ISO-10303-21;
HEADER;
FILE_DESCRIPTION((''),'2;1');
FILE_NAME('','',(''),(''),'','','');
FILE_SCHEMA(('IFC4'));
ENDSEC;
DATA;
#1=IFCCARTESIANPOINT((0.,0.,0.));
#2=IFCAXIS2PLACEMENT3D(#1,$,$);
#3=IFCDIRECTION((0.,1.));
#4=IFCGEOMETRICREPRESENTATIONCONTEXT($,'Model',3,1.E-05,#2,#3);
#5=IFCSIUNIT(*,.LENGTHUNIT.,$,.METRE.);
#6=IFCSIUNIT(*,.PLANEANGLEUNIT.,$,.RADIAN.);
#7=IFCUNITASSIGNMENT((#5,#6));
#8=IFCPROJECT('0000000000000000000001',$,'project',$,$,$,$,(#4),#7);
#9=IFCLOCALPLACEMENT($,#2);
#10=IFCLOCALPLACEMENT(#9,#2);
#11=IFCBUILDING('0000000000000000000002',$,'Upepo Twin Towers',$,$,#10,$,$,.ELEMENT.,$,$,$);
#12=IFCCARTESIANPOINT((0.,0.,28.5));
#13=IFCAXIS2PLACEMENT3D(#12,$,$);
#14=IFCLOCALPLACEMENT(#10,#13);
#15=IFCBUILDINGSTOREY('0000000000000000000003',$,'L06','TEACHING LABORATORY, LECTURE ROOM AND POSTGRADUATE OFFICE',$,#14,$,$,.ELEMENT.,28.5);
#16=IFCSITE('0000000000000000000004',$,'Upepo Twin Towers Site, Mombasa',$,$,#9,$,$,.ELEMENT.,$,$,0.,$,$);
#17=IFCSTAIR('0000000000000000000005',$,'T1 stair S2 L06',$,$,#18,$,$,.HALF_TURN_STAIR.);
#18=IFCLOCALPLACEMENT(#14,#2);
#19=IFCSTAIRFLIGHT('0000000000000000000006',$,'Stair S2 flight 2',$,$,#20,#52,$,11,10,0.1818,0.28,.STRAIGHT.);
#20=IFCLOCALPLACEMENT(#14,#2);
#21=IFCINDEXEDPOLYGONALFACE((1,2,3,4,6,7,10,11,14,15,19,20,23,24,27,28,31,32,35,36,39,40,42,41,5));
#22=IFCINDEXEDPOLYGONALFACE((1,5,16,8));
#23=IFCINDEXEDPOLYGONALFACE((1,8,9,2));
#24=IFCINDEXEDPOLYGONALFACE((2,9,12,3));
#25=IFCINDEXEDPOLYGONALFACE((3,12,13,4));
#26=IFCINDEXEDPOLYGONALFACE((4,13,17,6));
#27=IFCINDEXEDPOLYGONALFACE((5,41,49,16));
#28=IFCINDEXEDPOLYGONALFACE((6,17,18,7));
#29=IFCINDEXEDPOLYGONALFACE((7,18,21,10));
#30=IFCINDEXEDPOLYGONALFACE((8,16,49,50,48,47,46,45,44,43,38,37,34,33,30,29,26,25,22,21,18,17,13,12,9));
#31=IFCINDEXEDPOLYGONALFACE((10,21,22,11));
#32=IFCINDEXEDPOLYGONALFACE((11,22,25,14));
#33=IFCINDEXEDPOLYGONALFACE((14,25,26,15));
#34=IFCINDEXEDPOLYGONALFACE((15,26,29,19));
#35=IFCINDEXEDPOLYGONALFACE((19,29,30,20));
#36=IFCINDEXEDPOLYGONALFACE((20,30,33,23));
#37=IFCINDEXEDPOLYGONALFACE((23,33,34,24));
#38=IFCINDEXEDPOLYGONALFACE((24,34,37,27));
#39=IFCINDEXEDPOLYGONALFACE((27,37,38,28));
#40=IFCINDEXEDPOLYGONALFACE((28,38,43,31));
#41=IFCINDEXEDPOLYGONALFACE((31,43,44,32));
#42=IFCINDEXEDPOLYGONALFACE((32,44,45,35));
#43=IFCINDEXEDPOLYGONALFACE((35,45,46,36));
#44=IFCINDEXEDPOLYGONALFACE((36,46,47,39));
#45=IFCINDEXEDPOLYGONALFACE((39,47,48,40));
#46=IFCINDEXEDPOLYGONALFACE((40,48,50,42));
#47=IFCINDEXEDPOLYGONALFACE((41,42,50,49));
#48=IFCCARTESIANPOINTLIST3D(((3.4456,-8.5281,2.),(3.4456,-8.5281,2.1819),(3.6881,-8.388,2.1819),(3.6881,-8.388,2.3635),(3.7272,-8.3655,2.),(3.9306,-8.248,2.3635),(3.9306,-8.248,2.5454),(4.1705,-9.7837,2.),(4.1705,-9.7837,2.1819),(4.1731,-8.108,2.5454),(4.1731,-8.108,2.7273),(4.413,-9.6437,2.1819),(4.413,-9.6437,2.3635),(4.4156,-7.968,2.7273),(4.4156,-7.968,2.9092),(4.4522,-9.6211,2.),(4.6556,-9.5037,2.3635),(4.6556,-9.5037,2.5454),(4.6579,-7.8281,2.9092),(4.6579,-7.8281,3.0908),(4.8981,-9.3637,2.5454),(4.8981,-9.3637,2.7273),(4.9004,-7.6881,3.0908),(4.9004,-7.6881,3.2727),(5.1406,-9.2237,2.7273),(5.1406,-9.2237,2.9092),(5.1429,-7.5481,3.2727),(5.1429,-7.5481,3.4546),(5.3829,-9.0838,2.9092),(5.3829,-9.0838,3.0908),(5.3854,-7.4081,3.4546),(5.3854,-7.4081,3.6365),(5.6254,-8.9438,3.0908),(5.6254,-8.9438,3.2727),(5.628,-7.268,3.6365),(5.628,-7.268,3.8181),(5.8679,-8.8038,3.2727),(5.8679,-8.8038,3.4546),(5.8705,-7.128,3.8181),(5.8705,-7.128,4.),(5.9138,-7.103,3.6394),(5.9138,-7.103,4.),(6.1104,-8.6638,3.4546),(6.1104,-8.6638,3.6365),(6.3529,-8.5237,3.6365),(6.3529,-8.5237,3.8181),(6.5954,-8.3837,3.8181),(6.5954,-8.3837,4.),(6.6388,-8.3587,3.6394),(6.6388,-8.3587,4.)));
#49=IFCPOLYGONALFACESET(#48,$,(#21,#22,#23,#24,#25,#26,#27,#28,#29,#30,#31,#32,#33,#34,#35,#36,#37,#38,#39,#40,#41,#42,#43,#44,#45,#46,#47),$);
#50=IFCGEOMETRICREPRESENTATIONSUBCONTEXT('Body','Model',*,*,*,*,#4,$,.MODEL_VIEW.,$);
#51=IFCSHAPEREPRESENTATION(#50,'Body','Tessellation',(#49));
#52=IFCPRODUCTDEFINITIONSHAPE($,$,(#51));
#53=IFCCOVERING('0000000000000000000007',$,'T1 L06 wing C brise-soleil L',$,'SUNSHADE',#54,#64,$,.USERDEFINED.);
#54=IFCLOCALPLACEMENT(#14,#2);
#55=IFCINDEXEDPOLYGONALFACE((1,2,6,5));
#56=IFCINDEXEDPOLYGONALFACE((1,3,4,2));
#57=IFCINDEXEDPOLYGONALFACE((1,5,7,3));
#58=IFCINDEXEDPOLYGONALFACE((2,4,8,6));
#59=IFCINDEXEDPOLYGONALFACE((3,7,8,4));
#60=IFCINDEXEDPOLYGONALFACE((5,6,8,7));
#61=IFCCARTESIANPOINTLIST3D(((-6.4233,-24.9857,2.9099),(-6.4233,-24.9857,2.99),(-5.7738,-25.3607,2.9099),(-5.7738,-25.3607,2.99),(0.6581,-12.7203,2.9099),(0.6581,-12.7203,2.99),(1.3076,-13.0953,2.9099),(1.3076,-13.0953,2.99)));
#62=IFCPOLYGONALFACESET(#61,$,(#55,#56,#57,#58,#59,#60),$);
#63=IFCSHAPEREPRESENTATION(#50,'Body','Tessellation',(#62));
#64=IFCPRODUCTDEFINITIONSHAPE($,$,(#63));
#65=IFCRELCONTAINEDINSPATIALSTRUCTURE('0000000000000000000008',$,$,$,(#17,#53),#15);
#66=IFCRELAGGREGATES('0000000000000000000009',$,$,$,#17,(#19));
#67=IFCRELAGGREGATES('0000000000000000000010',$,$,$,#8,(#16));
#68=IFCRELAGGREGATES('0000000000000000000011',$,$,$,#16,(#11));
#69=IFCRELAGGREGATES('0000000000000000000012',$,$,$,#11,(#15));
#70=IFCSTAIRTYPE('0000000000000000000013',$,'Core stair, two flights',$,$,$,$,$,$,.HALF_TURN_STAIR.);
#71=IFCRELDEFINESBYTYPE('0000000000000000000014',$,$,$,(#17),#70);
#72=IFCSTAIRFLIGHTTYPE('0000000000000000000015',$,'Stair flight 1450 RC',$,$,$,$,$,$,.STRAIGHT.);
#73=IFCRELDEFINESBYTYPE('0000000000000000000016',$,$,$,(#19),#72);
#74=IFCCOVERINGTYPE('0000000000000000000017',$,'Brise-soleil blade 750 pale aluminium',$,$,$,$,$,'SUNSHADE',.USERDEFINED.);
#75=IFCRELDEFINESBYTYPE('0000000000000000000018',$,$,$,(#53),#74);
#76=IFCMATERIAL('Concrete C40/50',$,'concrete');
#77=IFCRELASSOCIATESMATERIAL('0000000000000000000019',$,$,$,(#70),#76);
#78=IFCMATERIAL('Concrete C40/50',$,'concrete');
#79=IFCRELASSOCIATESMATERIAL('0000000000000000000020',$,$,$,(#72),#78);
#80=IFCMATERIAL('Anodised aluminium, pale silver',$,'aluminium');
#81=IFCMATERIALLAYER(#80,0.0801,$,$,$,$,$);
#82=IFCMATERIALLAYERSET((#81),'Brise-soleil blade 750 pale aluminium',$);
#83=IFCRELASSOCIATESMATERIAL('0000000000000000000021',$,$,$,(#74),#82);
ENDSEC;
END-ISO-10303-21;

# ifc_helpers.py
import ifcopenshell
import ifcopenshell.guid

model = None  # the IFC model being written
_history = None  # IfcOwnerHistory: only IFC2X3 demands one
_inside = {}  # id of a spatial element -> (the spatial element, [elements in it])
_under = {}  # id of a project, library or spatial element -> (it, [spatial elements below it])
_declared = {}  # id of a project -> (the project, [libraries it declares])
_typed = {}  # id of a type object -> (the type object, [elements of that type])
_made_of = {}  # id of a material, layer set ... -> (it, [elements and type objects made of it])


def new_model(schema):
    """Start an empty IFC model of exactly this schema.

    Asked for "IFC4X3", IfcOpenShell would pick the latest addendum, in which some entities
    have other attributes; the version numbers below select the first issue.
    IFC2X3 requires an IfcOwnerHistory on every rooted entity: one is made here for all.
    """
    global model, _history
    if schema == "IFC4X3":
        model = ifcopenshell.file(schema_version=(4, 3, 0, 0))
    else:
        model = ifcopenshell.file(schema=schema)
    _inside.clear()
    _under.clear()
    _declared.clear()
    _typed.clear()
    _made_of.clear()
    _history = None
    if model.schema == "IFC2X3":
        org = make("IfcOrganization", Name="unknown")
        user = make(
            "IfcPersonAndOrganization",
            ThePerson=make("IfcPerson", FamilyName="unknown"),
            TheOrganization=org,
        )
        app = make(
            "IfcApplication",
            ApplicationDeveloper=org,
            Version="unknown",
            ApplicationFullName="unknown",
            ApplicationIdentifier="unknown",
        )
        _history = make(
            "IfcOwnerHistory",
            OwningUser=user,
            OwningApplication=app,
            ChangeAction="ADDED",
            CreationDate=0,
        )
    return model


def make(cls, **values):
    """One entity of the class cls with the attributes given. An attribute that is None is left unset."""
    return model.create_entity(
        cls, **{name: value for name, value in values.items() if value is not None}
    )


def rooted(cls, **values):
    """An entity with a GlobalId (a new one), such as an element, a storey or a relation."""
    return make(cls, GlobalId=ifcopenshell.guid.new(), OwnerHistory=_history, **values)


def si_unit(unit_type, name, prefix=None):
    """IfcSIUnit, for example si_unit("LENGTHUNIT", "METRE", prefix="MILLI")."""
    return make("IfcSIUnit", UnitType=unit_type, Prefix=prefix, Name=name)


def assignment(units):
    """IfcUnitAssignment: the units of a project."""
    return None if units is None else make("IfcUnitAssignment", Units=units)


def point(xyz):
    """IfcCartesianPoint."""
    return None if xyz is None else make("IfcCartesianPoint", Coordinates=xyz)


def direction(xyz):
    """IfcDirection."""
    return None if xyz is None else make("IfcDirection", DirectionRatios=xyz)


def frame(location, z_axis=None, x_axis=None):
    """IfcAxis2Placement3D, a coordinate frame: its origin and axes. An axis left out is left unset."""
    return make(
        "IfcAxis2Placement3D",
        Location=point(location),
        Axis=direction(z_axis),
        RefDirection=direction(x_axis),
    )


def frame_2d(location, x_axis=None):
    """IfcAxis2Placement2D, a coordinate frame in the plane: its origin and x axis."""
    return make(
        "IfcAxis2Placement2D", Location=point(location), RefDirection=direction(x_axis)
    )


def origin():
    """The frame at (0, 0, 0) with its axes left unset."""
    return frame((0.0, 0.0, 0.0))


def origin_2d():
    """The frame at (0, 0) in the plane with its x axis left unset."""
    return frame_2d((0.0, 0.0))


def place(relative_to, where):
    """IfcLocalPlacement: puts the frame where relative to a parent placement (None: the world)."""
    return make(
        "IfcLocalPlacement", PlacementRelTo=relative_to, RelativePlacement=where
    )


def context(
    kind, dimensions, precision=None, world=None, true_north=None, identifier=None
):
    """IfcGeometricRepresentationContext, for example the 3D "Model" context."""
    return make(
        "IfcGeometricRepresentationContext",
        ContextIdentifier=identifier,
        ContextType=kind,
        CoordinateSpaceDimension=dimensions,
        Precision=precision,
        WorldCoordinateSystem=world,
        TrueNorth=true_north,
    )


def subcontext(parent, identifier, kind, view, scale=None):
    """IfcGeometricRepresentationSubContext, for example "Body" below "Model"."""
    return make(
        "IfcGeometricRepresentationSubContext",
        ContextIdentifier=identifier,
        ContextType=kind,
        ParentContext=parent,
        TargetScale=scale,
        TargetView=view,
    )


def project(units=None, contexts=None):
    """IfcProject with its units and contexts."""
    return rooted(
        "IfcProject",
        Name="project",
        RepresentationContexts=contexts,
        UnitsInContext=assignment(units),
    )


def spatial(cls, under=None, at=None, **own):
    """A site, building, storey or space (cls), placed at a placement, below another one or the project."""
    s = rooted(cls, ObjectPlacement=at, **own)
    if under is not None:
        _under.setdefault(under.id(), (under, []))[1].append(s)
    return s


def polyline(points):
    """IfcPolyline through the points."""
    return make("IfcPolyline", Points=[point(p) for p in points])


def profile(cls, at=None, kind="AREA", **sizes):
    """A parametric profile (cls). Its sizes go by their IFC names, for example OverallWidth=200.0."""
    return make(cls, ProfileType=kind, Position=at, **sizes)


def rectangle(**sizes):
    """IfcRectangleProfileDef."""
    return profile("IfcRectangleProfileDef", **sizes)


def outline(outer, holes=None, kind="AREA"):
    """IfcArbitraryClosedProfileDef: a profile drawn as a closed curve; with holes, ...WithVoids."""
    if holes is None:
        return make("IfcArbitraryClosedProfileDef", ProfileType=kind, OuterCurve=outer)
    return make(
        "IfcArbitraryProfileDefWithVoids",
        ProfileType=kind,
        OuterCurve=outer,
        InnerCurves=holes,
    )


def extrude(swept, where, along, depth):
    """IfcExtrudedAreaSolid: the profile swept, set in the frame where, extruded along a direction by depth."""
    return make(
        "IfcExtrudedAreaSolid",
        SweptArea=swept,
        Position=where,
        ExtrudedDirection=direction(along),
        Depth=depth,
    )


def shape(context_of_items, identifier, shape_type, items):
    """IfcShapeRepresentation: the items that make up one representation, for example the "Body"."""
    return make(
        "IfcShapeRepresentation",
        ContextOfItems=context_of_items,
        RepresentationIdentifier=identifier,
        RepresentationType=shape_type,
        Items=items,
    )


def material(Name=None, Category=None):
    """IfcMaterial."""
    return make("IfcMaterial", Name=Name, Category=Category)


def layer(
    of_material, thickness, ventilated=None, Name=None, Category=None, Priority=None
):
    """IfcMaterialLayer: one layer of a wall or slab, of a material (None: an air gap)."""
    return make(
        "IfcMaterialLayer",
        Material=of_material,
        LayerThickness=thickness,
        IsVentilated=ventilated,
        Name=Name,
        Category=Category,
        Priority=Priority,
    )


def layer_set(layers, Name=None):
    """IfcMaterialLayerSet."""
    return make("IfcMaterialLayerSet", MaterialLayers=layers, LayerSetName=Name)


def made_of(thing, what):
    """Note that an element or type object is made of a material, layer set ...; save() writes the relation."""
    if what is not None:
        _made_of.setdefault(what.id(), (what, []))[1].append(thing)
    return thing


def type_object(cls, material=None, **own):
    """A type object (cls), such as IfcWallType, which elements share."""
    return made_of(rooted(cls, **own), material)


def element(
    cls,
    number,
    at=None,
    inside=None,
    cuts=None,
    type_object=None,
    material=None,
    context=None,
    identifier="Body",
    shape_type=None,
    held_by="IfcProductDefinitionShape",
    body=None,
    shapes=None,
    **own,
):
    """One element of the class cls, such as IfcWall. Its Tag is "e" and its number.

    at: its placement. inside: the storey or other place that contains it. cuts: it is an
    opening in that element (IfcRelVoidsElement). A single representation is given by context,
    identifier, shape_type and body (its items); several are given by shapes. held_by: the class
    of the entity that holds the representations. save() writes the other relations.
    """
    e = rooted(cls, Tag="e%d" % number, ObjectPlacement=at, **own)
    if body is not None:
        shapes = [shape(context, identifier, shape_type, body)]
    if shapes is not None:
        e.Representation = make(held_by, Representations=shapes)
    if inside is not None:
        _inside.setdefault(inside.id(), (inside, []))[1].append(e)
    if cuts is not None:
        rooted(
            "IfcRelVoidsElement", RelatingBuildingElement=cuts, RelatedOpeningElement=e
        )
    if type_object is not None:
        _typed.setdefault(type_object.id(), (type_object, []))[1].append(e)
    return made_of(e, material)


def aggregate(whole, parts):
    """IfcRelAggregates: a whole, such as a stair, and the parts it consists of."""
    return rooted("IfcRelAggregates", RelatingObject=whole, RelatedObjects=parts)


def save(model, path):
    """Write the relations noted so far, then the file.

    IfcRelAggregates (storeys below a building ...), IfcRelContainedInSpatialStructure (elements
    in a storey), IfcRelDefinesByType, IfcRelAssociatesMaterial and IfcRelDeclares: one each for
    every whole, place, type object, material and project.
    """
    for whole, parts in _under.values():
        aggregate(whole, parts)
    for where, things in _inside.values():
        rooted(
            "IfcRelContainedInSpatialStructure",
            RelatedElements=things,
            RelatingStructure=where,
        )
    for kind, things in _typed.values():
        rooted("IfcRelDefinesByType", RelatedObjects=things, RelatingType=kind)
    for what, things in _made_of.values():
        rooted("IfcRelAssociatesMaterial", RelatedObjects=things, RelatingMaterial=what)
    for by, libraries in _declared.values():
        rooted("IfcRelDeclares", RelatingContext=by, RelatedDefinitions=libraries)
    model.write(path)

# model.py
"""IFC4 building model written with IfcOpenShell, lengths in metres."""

from ifc_helpers import new_model, si_unit, direction, frame, origin, origin_2d, place, context, subcontext, project, spatial, polyline, rectangle, outline, extrude, material, layer, layer_set, type_object, element, aggregate, save


model = new_model("IFC4")

# Units and contexts
model_context = context("Model", 3, precision=1e-05, world=origin(), true_north=direction((0.0, 1.0)))
body_context = subcontext(model_context, "Body", "Model", "MODEL_VIEW")
ifc_project = project(units=[si_unit("LENGTHUNIT", "METRE"), si_unit("PLANEANGLEUNIT", "RADIAN")], contexts=[model_context])

# Site, building, storey
site_placement = place(None, origin())
site = spatial("IfcSite", under=ifc_project, at=site_placement, Name="Upepo Twin Towers Site, Mombasa", CompositionType="ELEMENT", RefElevation=0.0)
building_placement = place(site_placement, origin())
building = spatial("IfcBuilding", under=site, at=building_placement, Name="Upepo Twin Towers", CompositionType="ELEMENT")
storey_placement = place(building_placement, frame((0.0, 0.0, 28.5)))
storey = spatial("IfcBuildingStorey", under=building, at=storey_placement, Name="L06", Description="TEACHING LABORATORY, LECTURE ROOM AND POSTGRADUATE OFFICE", CompositionType="ELEMENT", Elevation=28.5)

# Stair, stair flight
ifc_material_1 = material(Name="Concrete C40/50", Category="concrete")
stair_type = type_object("IfcStairType", Name="Core stair, two flights", PredefinedType="HALF_TURN_STAIR", material=ifc_material_1)
stair_placement = place(storey_placement, origin())
stair = element("IfcStair", 1, at=stair_placement, inside=storey, type_object=stair_type, Name="T1 stair S2 L06", PredefinedType="HALF_TURN_STAIR")
ifc_material_2 = material(Name="Concrete C40/50", Category="concrete")
stair_flight_type = type_object("IfcStairFlightType", Name="Stair flight 1450 RC", PredefinedType="STRAIGHT", material=ifc_material_2)
stair_flight_placement = place(storey_placement, frame((3.8081, -9.156, 2.0), z_axis=(0.0, 0.0, 1.0), x_axis=(0.866025, 0.5, 0.0)))
stair_flight = element("IfcStairFlight", 2, at=stair_flight_placement, type_object=stair_flight_type, Name="Stair S2 flight 2", NumberOfRisers=11, NumberOfTreads=10, PredefinedType="STRAIGHT", RiserHeight=0.1818, TreadLength=0.28, context=body_context, shape_type="SweptSolid", body=[
    extrude(outline(polyline([(0.0, 0.0), (0.0, 0.1819), (0.28, 0.1819), (0.28, 0.3635), (0.5601, 0.3635), (0.5601, 0.5454), (0.8401, 0.5454), (0.8401, 0.7273), (1.1201, 0.7273), (1.1201, 0.9092), (1.3999, 0.9092), (1.3999, 1.0908), (1.6799, 1.0908), (1.6799, 1.2727), (1.96, 1.2727), (1.96, 1.4546), (2.24, 1.4546), (2.24, 1.6365), (2.52, 1.6365), (2.52, 1.8181), (2.8, 1.8181), (2.8, 2.0), (2.8501, 2.0), (2.8501, 1.6394), (0.3252, 0.0), (0.0, 0.0)])), frame((0.0, 0.7251, 0.0), z_axis=(0.0, -1.0, 0.0), x_axis=(1.0, 0.0, 0.0)), (0.0, 0.0, 1.0), 1.45),
])
aggregate(stair, [stair_flight])

# Covering
ifc_material_3 = material(Name="Anodised aluminium, pale silver", Category="aluminium")
ifc_layer_1 = layer(ifc_material_3, 0.0801)
ifc_layer_set_1 = layer_set([ifc_layer_1], Name="Brise-soleil blade 750 pale aluminium")
covering_type = type_object("IfcCoveringType", Name="Brise-soleil blade 750 pale aluminium", ElementType="SUNSHADE", PredefinedType="USERDEFINED", material=ifc_layer_set_1)
covering_placement = place(storey_placement, frame((-2.5579, -19.0405, 2.9099), z_axis=(0.0, 0.0, 1.0), x_axis=(-0.5, -0.866025, 0.0)))
element("IfcCovering", 3, at=covering_placement, inside=storey, type_object=covering_type, Name="T1 L06 wing C brise-soleil L", ObjectType="SUNSHADE", PredefinedType="USERDEFINED", context=body_context, shape_type="SweptSolid", body=[
    extrude(rectangle(XDim=14.1628, YDim=0.75, at=origin_2d()), origin(), (0.0, 0.0, 1.0), 0.0801),
])

save(model, "model.ifc")
